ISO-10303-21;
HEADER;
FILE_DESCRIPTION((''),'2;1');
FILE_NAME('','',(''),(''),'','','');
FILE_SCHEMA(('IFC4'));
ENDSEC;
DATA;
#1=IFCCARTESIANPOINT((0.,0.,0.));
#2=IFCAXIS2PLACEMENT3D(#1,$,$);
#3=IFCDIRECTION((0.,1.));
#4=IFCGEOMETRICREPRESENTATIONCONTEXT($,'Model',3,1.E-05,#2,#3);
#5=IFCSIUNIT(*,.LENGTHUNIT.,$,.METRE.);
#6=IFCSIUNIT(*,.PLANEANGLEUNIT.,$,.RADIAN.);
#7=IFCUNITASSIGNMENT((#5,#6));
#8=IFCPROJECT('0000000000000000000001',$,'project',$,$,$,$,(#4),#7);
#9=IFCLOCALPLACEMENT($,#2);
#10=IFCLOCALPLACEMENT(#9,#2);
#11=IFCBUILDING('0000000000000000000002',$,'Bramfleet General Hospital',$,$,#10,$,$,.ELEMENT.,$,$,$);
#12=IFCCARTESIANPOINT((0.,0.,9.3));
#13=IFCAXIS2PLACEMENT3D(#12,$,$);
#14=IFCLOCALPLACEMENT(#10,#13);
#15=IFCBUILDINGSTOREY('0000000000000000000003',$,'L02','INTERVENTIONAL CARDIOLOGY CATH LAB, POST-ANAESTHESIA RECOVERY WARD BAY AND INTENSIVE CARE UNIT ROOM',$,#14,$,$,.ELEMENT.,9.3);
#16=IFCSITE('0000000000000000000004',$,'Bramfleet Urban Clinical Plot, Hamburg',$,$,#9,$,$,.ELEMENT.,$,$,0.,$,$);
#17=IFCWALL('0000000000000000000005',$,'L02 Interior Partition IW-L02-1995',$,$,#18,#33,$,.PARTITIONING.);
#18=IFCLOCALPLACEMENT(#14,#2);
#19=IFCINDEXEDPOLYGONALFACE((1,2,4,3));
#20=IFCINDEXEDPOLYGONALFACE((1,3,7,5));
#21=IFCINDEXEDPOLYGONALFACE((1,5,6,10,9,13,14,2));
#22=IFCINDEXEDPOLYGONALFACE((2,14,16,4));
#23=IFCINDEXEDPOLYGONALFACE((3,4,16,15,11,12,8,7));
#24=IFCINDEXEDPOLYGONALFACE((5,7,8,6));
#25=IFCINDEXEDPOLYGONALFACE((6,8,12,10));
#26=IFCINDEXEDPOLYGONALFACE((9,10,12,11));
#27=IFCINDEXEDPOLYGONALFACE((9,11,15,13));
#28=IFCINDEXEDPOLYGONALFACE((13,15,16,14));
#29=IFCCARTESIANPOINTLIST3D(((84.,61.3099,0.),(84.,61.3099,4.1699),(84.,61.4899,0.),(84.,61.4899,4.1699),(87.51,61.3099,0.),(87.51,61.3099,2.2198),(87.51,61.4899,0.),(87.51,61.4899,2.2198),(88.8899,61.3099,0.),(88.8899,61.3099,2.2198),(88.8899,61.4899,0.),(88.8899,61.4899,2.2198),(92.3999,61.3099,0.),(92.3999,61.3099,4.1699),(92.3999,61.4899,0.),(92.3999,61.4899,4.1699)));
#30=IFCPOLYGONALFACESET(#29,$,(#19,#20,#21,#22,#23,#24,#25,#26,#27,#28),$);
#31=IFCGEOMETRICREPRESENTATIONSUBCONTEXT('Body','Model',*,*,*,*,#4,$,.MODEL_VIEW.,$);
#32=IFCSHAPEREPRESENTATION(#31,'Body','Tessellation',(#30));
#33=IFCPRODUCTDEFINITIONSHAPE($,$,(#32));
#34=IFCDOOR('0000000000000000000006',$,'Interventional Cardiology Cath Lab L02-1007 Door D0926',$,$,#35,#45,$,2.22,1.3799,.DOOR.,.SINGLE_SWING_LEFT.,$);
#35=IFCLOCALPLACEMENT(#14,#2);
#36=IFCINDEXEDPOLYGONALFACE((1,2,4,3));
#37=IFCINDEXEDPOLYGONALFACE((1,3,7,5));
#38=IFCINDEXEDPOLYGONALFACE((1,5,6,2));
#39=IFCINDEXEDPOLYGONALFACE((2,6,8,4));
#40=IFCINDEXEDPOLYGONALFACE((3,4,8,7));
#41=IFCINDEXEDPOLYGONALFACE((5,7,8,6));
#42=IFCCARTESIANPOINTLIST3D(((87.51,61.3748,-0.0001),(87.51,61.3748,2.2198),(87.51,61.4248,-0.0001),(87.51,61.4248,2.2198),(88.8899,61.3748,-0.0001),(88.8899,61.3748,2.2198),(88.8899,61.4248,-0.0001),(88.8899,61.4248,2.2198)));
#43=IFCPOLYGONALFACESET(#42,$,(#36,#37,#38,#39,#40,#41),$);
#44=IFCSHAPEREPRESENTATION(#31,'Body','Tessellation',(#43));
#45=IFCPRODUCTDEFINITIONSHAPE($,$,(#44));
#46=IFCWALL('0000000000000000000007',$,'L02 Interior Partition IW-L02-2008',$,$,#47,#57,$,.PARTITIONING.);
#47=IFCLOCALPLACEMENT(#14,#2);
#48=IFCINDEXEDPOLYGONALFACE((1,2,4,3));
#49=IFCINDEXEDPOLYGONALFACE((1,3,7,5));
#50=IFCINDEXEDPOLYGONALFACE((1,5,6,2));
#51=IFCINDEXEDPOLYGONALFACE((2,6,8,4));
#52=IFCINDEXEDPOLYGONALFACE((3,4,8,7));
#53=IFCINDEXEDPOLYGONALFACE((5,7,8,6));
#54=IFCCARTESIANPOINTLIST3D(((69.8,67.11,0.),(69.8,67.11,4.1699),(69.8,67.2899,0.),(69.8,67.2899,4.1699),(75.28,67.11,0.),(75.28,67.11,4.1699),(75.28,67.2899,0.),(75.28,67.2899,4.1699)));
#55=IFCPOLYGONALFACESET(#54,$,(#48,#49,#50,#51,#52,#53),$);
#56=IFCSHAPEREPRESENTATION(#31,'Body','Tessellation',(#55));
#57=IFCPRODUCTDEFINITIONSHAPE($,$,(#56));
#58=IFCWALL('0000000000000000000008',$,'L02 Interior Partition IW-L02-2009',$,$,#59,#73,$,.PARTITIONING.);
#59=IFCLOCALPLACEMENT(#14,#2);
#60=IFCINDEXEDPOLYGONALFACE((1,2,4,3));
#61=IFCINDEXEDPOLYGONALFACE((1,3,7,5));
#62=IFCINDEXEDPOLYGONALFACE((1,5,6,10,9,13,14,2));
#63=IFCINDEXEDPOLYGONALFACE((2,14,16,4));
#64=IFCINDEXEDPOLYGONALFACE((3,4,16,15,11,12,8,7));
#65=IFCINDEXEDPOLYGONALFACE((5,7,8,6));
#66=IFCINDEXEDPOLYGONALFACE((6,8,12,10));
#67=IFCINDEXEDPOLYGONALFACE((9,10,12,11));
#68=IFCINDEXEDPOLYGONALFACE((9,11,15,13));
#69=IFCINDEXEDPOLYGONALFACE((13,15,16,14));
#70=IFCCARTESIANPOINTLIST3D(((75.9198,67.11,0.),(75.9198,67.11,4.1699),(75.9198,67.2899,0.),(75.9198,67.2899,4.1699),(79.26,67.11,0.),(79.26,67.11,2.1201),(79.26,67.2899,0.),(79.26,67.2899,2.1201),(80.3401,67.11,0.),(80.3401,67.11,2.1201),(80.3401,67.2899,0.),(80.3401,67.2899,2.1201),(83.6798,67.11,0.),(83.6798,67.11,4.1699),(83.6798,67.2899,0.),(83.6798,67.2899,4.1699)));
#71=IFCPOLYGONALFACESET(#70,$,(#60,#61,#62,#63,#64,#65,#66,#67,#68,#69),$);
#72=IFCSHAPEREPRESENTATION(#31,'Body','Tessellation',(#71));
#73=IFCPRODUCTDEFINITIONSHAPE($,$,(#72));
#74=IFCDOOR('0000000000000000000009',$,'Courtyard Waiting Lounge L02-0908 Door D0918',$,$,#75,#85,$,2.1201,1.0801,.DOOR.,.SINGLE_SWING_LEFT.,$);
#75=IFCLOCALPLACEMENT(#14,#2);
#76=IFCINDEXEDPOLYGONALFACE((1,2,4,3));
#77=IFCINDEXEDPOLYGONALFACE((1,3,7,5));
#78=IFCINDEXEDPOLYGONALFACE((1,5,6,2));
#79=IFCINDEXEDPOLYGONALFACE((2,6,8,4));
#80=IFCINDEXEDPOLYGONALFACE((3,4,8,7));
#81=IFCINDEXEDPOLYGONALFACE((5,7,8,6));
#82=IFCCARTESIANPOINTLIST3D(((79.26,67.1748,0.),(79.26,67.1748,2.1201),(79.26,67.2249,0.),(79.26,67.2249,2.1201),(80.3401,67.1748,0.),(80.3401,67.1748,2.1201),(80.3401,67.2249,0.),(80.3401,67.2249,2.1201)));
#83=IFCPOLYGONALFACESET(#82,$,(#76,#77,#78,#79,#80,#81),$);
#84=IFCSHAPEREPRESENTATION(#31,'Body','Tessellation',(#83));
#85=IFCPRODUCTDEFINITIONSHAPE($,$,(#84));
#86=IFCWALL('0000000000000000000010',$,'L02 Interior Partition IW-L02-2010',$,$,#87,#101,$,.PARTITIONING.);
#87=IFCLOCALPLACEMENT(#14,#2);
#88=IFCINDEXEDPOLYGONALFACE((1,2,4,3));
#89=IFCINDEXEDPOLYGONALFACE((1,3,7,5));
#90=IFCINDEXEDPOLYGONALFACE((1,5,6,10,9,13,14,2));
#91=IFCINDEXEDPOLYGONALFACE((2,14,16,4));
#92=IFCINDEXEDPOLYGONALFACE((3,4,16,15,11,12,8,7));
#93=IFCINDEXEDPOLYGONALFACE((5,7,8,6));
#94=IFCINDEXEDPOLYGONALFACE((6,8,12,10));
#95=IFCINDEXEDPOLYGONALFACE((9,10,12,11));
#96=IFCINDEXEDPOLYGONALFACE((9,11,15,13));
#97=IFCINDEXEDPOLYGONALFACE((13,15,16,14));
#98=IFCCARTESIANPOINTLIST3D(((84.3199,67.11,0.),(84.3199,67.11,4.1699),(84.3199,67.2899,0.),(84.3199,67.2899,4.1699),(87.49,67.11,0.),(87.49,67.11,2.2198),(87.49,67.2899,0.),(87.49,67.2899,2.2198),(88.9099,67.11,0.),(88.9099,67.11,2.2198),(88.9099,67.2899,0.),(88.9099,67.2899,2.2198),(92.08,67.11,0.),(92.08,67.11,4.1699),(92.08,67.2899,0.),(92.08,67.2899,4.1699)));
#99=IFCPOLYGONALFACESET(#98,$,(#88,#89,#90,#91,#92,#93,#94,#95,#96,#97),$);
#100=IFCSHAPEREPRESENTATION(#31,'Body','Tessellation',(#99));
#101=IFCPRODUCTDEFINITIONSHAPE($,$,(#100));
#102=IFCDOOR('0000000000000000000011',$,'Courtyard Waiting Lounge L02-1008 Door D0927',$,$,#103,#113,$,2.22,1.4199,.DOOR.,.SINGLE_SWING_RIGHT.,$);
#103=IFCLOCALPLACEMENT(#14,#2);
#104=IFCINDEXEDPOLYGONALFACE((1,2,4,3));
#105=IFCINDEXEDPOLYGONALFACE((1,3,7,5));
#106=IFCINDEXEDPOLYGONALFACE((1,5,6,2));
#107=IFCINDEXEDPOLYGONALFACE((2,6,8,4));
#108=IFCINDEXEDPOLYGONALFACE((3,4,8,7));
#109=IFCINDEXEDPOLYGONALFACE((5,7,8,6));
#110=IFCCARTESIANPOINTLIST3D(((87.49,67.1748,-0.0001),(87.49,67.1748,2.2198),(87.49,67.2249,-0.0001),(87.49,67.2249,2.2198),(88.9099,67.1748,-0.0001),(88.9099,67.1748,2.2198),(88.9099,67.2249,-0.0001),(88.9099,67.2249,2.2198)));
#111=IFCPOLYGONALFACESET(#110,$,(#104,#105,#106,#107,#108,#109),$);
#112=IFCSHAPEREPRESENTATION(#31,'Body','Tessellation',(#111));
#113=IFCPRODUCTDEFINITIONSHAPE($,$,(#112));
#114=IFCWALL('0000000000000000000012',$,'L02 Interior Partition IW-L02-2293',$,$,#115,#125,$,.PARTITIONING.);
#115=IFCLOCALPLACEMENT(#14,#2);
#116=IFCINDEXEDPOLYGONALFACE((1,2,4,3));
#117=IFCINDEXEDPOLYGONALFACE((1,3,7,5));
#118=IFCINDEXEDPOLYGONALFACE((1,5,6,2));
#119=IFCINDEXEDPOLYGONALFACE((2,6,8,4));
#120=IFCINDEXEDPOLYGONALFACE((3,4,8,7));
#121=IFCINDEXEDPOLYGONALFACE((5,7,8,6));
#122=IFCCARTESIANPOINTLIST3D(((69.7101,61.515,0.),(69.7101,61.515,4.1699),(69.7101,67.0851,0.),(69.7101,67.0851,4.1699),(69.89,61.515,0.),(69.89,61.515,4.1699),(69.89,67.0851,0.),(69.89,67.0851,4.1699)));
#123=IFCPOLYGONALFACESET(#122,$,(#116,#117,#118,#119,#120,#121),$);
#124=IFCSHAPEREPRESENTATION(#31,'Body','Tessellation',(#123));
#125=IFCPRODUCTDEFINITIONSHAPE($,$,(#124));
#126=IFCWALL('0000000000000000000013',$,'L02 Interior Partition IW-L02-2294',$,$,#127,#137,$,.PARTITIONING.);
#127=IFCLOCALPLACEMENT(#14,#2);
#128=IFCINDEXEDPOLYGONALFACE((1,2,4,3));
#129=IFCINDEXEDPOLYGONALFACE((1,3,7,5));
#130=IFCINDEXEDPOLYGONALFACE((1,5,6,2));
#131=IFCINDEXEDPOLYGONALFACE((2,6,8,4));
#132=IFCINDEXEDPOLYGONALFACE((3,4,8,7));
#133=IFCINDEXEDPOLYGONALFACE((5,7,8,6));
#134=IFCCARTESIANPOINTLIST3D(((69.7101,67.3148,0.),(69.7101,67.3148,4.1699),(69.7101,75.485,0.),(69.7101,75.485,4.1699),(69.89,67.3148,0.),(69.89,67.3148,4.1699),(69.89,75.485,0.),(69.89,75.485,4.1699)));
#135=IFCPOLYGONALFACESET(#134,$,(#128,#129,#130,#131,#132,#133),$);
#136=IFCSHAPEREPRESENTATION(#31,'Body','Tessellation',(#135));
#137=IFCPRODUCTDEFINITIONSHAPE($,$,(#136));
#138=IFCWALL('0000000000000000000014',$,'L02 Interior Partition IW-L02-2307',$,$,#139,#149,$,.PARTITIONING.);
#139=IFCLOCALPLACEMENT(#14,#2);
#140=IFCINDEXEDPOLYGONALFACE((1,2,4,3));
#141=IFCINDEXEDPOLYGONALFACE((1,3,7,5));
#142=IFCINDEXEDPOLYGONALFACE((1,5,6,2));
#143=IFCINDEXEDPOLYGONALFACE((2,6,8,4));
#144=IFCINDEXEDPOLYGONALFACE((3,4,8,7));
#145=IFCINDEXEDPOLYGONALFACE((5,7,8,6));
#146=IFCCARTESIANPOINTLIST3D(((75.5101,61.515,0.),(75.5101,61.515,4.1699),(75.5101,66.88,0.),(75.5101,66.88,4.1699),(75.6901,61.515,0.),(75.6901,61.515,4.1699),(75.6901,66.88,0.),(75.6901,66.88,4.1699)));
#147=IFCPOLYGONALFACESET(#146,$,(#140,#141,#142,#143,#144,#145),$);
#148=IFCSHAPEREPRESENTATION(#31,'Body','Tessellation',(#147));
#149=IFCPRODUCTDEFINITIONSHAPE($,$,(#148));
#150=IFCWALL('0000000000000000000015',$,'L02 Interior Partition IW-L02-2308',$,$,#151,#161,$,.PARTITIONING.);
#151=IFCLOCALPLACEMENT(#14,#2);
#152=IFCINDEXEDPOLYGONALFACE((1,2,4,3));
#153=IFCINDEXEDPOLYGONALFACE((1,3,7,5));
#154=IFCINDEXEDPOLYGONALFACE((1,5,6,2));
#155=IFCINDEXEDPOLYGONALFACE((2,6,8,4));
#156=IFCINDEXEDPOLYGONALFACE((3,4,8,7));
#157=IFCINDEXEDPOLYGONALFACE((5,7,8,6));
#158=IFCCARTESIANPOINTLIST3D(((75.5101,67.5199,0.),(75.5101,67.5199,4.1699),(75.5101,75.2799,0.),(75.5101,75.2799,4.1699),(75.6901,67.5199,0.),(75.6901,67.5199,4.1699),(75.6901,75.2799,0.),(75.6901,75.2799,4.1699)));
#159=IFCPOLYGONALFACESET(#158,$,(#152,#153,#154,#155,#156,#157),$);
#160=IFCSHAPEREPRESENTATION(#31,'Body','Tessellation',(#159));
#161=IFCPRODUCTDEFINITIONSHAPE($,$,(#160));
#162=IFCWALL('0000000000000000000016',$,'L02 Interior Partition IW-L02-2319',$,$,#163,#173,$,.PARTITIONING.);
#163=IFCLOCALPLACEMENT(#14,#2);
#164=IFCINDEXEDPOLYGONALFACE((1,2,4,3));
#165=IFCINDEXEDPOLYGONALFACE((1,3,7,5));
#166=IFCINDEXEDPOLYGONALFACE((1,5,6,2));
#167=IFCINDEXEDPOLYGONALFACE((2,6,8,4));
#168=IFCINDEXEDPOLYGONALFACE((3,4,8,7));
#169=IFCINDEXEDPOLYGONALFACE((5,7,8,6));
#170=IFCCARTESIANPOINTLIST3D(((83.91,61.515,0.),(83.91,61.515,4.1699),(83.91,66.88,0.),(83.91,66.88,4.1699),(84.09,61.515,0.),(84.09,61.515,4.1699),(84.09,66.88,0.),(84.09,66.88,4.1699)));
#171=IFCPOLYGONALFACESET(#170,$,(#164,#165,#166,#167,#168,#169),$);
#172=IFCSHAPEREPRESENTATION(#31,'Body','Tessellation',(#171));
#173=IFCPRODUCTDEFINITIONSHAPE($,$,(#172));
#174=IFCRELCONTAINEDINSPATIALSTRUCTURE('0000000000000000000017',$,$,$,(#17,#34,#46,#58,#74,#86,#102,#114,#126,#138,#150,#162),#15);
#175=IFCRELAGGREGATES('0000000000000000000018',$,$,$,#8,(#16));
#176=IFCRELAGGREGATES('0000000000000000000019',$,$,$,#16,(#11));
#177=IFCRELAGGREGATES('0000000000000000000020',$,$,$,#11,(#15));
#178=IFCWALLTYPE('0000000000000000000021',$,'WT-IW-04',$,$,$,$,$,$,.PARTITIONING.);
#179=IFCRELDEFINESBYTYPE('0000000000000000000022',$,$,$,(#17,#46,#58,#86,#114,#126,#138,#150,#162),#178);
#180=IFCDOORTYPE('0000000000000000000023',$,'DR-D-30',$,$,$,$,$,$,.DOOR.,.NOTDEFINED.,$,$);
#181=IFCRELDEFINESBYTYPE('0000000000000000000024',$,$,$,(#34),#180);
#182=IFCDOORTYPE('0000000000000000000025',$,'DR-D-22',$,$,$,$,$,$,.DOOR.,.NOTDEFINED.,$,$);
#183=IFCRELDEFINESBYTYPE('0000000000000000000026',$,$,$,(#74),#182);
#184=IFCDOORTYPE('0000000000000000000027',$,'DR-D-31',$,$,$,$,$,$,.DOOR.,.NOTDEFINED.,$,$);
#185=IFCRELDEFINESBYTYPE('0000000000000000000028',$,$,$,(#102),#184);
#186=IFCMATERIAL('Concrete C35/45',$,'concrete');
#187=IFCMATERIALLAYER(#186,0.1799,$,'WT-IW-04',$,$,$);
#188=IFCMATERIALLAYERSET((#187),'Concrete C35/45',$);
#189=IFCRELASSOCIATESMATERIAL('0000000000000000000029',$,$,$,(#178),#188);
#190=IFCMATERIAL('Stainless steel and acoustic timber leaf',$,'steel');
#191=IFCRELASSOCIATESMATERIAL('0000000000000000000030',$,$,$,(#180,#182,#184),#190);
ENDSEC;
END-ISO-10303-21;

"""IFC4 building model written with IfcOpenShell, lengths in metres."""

from ifc_helpers import new_model, si_unit, direction, frame, frame_2d, origin, place, context, subcontext, project, spatial, rectangle, extrude, material, layer, layer_set, type_object, element, fill, save


model = new_model("IFC4")

# Units and contexts
model_context = context("Model", 3, precision=1e-05, world=origin(), true_north=direction((0.0, 1.0)))
body_context = subcontext(model_context, "Body", "Model", "MODEL_VIEW")
ifc_project = project(units=[si_unit("LENGTHUNIT", "METRE"), si_unit("PLANEANGLEUNIT", "RADIAN")], contexts=[model_context])

# Site, building, storey
site_placement = place(None, origin())
site = spatial("IfcSite", under=ifc_project, at=site_placement, Name="Bramfleet Urban Clinical Plot, Hamburg", CompositionType="ELEMENT", RefElevation=0.0)
building_placement = place(site_placement, origin())
building = spatial("IfcBuilding", under=site, at=building_placement, Name="Bramfleet General Hospital", CompositionType="ELEMENT")
storey_placement = place(building_placement, frame((0.0, 0.0, 9.3)))
storey = spatial("IfcBuildingStorey", under=building, at=storey_placement, Name="L02", Description="INTERVENTIONAL CARDIOLOGY CATH LAB, POST-ANAESTHESIA RECOVERY WARD BAY AND INTENSIVE CARE UNIT ROOM", CompositionType="ELEMENT", Elevation=9.3)

# Shared definitions
ifc_material_1 = material(Name="Concrete C35/45", Category="concrete")

# Wall, opening, door
ifc_layer_1 = layer(ifc_material_1, 0.1799, Name="WT-IW-04")
ifc_layer_set_1 = layer_set([ifc_layer_1], Name="Concrete C35/45")
wall_type = type_object("IfcWallType", Name="WT-IW-04", PredefinedType="PARTITIONING", material=ifc_layer_set_1)
ifc_material_2 = material(Name="Stainless steel and acoustic timber leaf", Category="steel")
wall_1_placement = place(storey_placement, frame((84.0, 61.3999, 0.0), z_axis=(0.0, 0.0, 1.0), x_axis=(1.0, 0.0, 0.0)))
wall_1 = element("IfcWall", 1, at=wall_1_placement, inside=storey, type_object=wall_type, Name="L02 Interior Partition IW-L02-1995", PredefinedType="PARTITIONING", context=body_context, shape_type="SweptSolid", body=[
    extrude(rectangle(XDim=8.3999, YDim=0.1799, at=frame_2d((4.2, 0.0))), origin(), (0.0, 0.0, 1.0), 4.1699),
])
opening_1_placement = place(wall_1_placement, frame((3.51, 0.0, 0.0)))
opening_1 = element("IfcOpeningElement", 2, at=opening_1_placement, cuts=wall_1, PredefinedType="OPENING", context=body_context, shape_type="SweptSolid", body=[
    extrude(rectangle(XDim=1.3799, YDim=2.22, at=frame_2d((0.6899, 1.1099))), frame((0.0, 0.0999, 0.0), z_axis=(0.0, -1.0, 0.0), x_axis=(1.0, 0.0, 0.0)), (0.0, 0.0, 1.0), 0.2),
])
door_type_1 = type_object("IfcDoorType", Name="DR-D-30", OperationType="NOTDEFINED", PredefinedType="DOOR", material=ifc_material_2)
door_1_placement = place(opening_1_placement, origin())
door_1 = element("IfcDoor", 3, at=door_1_placement, inside=storey, type_object=door_type_1, Name="Interventional Cardiology Cath Lab L02-1007 Door D0926", OperationType="SINGLE_SWING_LEFT", OverallHeight=2.22, OverallWidth=1.3799, PredefinedType="DOOR", context=body_context, shape_type="SweptSolid", body=[
    extrude(rectangle(XDim=1.3799, YDim=2.22, at=frame_2d((0.6899, 1.1099))), frame((0.0, 0.0249, 0.0), z_axis=(0.0, -1.0, 0.0), x_axis=(1.0, 0.0, 0.0)), (0.0, 0.0, 1.0), 0.05),
])
fill(opening_1, door_1)

# Wall
wall_2_placement = place(storey_placement, frame((69.8, 67.2, 0.0), z_axis=(0.0, 0.0, 1.0), x_axis=(1.0, 0.0, 0.0)))
element("IfcWall", 4, at=wall_2_placement, inside=storey, type_object=wall_type, Name="L02 Interior Partition IW-L02-2008", PredefinedType="PARTITIONING", context=body_context, shape_type="SweptSolid", body=[
    extrude(rectangle(XDim=5.48, YDim=0.1799, at=frame_2d((2.74, 0.0))), origin(), (0.0, 0.0, 1.0), 4.1699),
])

# Walls, openings, doors
wall_3_placement = place(storey_placement, frame((75.9199, 67.2, 0.0), z_axis=(0.0, 0.0, 1.0), x_axis=(1.0, 0.0, 0.0)))
wall_3 = element("IfcWall", 5, at=wall_3_placement, inside=storey, type_object=wall_type, Name="L02 Interior Partition IW-L02-2009", PredefinedType="PARTITIONING", context=body_context, shape_type="SweptSolid", body=[
    extrude(rectangle(XDim=7.76, YDim=0.1799, at=frame_2d((3.8799, 0.0))), origin(), (0.0, 0.0, 1.0), 4.1699),
])
opening_2_placement = place(wall_3_placement, frame((3.3401, 0.0, 0.0)))
opening_2 = element("IfcOpeningElement", 6, at=opening_2_placement, cuts=wall_3, PredefinedType="OPENING", context=body_context, shape_type="SweptSolid", body=[
    extrude(rectangle(XDim=1.0801, YDim=2.1201, at=frame_2d((0.54, 1.0601))), frame((0.0, 0.0999, 0.0), z_axis=(0.0, -1.0, 0.0), x_axis=(1.0, 0.0, 0.0)), (0.0, 0.0, 1.0), 0.2),
])
door_type_2 = type_object("IfcDoorType", Name="DR-D-22", OperationType="NOTDEFINED", PredefinedType="DOOR", material=ifc_material_2)
door_2_placement = place(opening_2_placement, origin())
door_2 = element("IfcDoor", 7, at=door_2_placement, inside=storey, type_object=door_type_2, Name="Courtyard Waiting Lounge L02-0908 Door D0918", OperationType="SINGLE_SWING_LEFT", OverallHeight=2.1201, OverallWidth=1.0801, PredefinedType="DOOR", context=body_context, shape_type="SweptSolid", body=[
    extrude(rectangle(XDim=1.0801, YDim=2.1201, at=frame_2d((0.54, 1.0601))), frame((0.0, 0.0249, 0.0), z_axis=(0.0, -1.0, 0.0), x_axis=(1.0, 0.0, 0.0)), (0.0, 0.0, 1.0), 0.05),
])
fill(opening_2, door_2)
wall_4_placement = place(storey_placement, frame((84.3201, 67.2, 0.0), z_axis=(0.0, 0.0, 1.0), x_axis=(1.0, 0.0, 0.0)))
wall_4 = element("IfcWall", 8, at=wall_4_placement, inside=storey, type_object=wall_type, Name="L02 Interior Partition IW-L02-2010", PredefinedType="PARTITIONING", context=body_context, shape_type="SweptSolid", body=[
    extrude(rectangle(XDim=7.76, YDim=0.1799, at=frame_2d((3.8799, 0.0))), origin(), (0.0, 0.0, 1.0), 4.1699),
])
opening_3_placement = place(wall_4_placement, frame((3.1699, 0.0, 0.0)))
opening_3 = element("IfcOpeningElement", 9, at=opening_3_placement, cuts=wall_4, PredefinedType="OPENING", context=body_context, shape_type="SweptSolid", body=[
    extrude(rectangle(XDim=1.4199, YDim=2.22, at=frame_2d((0.71, 1.1099))), frame((0.0, 0.0999, 0.0), z_axis=(0.0, -1.0, 0.0), x_axis=(1.0, 0.0, 0.0)), (0.0, 0.0, 1.0), 0.2),
])
door_type_3 = type_object("IfcDoorType", Name="DR-D-31", OperationType="NOTDEFINED", PredefinedType="DOOR", material=ifc_material_2)
door_3_placement = place(opening_3_placement, origin())
door_3 = element("IfcDoor", 10, at=door_3_placement, inside=storey, type_object=door_type_3, Name="Courtyard Waiting Lounge L02-1008 Door D0927", OperationType="SINGLE_SWING_RIGHT", OverallHeight=2.22, OverallWidth=1.4199, PredefinedType="DOOR", context=body_context, shape_type="SweptSolid", body=[
    extrude(rectangle(XDim=1.4199, YDim=2.22, at=frame_2d((0.71, 1.1099))), frame((0.0, 0.0249, 0.0), z_axis=(0.0, -1.0, 0.0), x_axis=(1.0, 0.0, 0.0)), (0.0, 0.0, 1.0), 0.05),
])
fill(opening_3, door_3)

# Walls
wall_5_placement = place(storey_placement, frame((69.8, 61.5149, 0.0), z_axis=(0.0, 0.0, 1.0), x_axis=(0.0, 1.0, 0.0)))
element("IfcWall", 11, at=wall_5_placement, inside=storey, type_object=wall_type, Name="L02 Interior Partition IW-L02-2293", PredefinedType="PARTITIONING", context=body_context, shape_type="SweptSolid", body=[
    extrude(rectangle(XDim=5.5701, YDim=0.1799, at=frame_2d((2.7852, 0.0))), origin(), (0.0, 0.0, 1.0), 4.1699),
])
wall_6_placement = place(storey_placement, frame((69.8, 67.3149, 0.0), z_axis=(0.0, 0.0, 1.0), x_axis=(0.0, 1.0, 0.0)))
element("IfcWall", 12, at=wall_6_placement, inside=storey, type_object=wall_type, Name="L02 Interior Partition IW-L02-2294", PredefinedType="PARTITIONING", context=body_context, shape_type="SweptSolid", body=[
    extrude(rectangle(XDim=8.1702, YDim=0.1799, at=frame_2d((4.085, 0.0))), origin(), (0.0, 0.0, 1.0), 4.1699),
])
wall_7_placement = place(storey_placement, frame((75.6001, 61.5149, 0.0), z_axis=(0.0, 0.0, 1.0), x_axis=(0.0, 1.0, 0.0)))
element("IfcWall", 13, at=wall_7_placement, inside=storey, type_object=wall_type, Name="L02 Interior Partition IW-L02-2307", PredefinedType="PARTITIONING", context=body_context, shape_type="SweptSolid", body=[
    extrude(rectangle(XDim=5.365, YDim=0.1799, at=frame_2d((2.6826, 0.0))), origin(), (0.0, 0.0, 1.0), 4.1699),
])
wall_8_placement = place(storey_placement, frame((75.6001, 67.52, 0.0), z_axis=(0.0, 0.0, 1.0), x_axis=(0.0, 1.0, 0.0)))
element("IfcWall", 14, at=wall_8_placement, inside=storey, type_object=wall_type, Name="L02 Interior Partition IW-L02-2308", PredefinedType="PARTITIONING", context=body_context, shape_type="SweptSolid", body=[
    extrude(rectangle(XDim=7.76, YDim=0.1799, at=frame_2d((3.8799, 0.0))), origin(), (0.0, 0.0, 1.0), 4.1699),
])
wall_9_placement = place(storey_placement, frame((84.0, 61.5149, 0.0), z_axis=(0.0, 0.0, 1.0), x_axis=(0.0, 1.0, 0.0)))
element("IfcWall", 15, at=wall_9_placement, inside=storey, type_object=wall_type, Name="L02 Interior Partition IW-L02-2319", PredefinedType="PARTITIONING", context=body_context, shape_type="SweptSolid", body=[
    extrude(rectangle(XDim=5.365, YDim=0.1799, at=frame_2d((2.6826, 0.0))), origin(), (0.0, 0.0, 1.0), 4.1699),
])

save(model, "model.ifc")
